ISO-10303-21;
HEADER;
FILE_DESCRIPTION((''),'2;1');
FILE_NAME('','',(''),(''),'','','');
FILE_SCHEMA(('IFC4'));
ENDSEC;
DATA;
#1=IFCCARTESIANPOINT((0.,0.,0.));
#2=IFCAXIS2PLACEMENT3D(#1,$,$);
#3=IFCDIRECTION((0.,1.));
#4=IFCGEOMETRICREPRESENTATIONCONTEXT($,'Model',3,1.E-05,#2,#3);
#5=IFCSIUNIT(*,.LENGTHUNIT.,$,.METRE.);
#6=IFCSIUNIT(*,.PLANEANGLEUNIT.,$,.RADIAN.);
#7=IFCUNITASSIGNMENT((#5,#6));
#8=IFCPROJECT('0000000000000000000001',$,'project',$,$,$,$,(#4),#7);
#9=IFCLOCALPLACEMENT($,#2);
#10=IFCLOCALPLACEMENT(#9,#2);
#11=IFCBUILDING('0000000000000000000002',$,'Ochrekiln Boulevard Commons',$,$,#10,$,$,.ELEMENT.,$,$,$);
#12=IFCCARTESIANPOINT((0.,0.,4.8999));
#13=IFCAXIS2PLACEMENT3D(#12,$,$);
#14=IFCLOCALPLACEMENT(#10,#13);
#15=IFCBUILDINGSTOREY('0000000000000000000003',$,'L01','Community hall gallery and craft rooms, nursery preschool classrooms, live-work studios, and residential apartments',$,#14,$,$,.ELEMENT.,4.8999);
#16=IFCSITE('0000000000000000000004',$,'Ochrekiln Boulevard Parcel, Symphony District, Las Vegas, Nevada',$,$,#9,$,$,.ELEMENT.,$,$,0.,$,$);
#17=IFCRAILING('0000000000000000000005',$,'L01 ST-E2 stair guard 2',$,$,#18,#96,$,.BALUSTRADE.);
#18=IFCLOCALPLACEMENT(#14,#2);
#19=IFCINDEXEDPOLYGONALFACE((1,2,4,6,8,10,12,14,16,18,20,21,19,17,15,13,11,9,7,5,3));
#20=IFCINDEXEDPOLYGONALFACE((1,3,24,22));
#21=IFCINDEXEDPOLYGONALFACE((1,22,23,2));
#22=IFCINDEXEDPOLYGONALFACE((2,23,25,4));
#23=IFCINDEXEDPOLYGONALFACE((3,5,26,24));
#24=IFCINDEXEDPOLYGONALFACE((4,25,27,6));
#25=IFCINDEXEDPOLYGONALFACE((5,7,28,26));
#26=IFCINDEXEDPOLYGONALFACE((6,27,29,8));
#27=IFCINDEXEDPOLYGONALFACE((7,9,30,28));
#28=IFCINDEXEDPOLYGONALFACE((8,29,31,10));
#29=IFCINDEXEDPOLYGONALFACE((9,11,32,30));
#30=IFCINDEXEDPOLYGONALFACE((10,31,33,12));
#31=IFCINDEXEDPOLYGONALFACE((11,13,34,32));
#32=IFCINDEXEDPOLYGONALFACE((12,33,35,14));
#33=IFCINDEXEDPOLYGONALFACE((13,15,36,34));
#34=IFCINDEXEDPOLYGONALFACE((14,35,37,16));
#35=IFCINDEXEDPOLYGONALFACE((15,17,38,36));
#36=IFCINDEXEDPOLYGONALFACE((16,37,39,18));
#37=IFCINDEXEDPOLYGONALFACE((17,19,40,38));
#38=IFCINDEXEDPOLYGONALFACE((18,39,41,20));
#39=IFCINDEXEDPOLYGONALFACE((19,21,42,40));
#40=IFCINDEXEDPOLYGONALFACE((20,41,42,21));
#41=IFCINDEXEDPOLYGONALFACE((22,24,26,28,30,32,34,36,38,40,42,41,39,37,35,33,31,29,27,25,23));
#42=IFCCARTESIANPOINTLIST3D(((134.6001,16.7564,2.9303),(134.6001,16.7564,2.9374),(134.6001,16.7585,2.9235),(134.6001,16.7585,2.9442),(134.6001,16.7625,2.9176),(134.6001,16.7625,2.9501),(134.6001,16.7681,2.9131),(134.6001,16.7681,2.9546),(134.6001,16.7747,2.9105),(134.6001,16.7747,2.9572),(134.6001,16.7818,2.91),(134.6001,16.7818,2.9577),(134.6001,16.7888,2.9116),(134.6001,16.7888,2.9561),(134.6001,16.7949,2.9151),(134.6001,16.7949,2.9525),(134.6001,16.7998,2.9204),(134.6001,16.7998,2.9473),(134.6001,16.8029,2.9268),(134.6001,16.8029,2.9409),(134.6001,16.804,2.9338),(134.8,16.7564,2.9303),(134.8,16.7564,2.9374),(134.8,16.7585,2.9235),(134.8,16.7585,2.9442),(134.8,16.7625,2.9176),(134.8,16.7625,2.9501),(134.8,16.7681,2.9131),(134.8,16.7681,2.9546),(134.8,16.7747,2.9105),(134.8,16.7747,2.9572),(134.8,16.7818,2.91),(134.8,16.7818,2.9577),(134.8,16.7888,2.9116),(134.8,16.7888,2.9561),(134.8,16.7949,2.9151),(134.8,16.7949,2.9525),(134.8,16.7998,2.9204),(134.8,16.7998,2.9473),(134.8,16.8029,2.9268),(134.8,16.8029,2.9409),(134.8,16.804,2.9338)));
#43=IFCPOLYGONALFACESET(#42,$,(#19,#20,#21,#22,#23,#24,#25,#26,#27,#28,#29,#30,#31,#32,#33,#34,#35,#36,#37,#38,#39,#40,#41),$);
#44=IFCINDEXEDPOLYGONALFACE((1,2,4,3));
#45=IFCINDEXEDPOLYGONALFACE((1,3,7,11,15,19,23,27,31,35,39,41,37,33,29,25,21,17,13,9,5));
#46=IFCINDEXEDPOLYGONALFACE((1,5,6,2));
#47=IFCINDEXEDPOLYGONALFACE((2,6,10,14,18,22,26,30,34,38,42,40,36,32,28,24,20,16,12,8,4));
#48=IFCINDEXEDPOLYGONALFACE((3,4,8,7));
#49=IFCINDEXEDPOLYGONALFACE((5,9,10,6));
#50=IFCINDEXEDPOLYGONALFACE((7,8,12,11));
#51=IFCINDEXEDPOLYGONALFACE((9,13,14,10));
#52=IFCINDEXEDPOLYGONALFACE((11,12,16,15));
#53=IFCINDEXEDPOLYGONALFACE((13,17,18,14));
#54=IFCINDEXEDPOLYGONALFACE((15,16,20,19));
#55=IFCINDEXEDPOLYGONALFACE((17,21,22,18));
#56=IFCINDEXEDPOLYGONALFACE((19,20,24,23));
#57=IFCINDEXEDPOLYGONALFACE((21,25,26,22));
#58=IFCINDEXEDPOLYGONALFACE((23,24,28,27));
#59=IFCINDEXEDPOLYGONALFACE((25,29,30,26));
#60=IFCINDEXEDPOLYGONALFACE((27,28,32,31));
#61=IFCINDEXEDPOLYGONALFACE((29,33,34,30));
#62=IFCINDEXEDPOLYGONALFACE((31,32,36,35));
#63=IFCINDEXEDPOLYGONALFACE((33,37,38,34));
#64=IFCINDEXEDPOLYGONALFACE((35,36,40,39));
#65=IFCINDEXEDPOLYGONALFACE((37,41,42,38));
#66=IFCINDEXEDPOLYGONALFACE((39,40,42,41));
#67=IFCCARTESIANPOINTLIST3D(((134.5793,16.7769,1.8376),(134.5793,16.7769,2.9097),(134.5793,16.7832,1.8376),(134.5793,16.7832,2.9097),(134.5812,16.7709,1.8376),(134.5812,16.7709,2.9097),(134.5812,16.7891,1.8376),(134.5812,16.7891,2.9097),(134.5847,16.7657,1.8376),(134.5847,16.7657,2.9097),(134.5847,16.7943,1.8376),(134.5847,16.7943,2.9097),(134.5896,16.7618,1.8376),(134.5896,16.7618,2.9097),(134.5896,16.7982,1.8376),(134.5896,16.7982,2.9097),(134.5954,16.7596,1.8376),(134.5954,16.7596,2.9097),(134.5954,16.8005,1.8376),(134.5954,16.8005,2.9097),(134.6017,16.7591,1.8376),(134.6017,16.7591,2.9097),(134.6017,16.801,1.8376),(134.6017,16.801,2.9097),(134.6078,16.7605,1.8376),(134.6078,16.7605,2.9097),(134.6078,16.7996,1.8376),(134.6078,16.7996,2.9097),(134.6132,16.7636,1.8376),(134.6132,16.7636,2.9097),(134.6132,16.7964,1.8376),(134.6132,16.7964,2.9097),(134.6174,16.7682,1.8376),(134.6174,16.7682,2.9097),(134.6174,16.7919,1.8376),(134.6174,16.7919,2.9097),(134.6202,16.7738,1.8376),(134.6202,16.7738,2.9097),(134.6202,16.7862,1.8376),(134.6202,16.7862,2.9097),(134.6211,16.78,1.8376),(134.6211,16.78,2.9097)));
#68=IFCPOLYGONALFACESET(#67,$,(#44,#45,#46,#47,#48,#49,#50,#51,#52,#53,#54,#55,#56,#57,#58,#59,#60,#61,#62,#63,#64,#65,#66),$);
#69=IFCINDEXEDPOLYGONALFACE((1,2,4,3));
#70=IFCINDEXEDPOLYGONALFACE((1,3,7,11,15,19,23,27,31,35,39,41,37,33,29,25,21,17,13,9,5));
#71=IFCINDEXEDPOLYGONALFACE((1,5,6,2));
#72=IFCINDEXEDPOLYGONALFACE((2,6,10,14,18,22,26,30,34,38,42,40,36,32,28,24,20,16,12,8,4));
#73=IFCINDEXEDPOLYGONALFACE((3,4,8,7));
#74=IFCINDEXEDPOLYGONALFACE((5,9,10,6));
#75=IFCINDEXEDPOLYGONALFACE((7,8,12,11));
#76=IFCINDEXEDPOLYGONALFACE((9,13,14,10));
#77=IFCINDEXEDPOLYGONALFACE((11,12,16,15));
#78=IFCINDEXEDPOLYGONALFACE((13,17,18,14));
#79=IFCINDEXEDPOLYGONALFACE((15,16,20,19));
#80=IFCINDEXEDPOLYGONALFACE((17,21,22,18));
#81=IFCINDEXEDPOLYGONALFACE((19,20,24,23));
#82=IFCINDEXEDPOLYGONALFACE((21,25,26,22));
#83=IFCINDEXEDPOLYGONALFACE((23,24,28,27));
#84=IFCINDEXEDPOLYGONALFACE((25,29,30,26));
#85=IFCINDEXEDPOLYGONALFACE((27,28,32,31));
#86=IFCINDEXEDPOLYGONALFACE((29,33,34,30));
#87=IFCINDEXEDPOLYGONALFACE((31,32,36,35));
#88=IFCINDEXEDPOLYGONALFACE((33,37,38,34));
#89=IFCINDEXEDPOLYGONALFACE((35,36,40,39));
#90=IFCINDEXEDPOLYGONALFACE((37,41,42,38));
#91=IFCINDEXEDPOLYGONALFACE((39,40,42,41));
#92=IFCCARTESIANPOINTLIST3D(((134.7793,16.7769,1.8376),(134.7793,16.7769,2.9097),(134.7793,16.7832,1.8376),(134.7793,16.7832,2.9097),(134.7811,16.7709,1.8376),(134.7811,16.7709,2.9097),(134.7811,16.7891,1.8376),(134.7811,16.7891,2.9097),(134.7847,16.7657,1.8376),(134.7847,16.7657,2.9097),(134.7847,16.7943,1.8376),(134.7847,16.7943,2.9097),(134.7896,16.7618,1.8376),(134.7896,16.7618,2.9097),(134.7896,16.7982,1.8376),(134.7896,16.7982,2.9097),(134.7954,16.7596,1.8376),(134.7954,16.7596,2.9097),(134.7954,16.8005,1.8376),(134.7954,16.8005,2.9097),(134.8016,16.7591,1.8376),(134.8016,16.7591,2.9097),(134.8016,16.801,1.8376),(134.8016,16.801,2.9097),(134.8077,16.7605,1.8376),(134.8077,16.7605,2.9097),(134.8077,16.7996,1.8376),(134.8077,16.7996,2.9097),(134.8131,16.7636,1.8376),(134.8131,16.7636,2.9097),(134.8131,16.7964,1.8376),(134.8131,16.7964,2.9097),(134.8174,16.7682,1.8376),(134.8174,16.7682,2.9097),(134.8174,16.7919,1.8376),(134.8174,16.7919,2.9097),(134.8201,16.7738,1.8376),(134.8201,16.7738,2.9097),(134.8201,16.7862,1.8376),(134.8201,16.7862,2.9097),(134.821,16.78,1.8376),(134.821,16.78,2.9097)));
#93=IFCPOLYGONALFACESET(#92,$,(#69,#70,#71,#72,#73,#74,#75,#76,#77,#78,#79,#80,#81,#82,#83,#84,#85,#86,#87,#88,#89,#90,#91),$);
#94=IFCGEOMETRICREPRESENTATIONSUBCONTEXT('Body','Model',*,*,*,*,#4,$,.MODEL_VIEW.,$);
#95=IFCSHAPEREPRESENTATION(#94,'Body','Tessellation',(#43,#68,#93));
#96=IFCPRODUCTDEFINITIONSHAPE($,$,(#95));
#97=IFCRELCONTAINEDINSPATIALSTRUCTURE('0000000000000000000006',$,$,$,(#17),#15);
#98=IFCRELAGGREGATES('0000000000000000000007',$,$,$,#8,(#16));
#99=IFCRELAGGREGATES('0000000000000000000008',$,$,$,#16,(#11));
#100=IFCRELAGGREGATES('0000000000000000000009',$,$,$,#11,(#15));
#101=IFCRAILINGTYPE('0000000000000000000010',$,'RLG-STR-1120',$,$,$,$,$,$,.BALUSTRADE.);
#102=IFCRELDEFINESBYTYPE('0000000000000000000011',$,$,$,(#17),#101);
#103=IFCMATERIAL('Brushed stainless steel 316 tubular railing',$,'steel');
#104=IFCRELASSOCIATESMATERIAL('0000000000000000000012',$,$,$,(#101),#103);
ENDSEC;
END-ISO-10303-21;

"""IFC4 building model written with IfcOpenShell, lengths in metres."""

from ifc_helpers import new_model, si_unit, direction, frame, origin, origin_2d, place, context, subcontext, project, spatial, circle, extrude, material, type_object, element, save


model = new_model("IFC4")

# Units and contexts
model_context = context("Model", 3, precision=1e-05, world=origin(), true_north=direction((0.0, 1.0)))
body_context = subcontext(model_context, "Body", "Model", "MODEL_VIEW")
ifc_project = project(units=[si_unit("LENGTHUNIT", "METRE"), si_unit("PLANEANGLEUNIT", "RADIAN")], contexts=[model_context])

# Site, building, storey
site_placement = place(None, origin())
site = spatial("IfcSite", under=ifc_project, at=site_placement, Name="Ochrekiln Boulevard Parcel, Symphony District, Las Vegas, Nevada", CompositionType="ELEMENT", RefElevation=0.0)
building_placement = place(site_placement, origin())
building = spatial("IfcBuilding", under=site, at=building_placement, Name="Ochrekiln Boulevard Commons", CompositionType="ELEMENT")
storey_placement = place(building_placement, frame((0.0, 0.0, 4.8999)))
storey = spatial("IfcBuildingStorey", under=building, at=storey_placement, Name="L01", Description="Community hall gallery and craft rooms, nursery preschool classrooms, live-work studios, and residential apartments", CompositionType="ELEMENT", Elevation=4.8999)

# Railing
ifc_material_1 = material(Name="Brushed stainless steel 316 tubular railing", Category="steel")
railing_type_1 = type_object("IfcRailingType", Name="RLG-STR-1120", PredefinedType="BALUSTRADE", material=ifc_material_1)
railing_1_placement = place(storey_placement, frame((134.6001, 16.78, 1.8376)))
element("IfcRailing", 1, at=railing_1_placement, inside=storey, type_object=railing_type_1, Name="L01 ST-E2 stair guard 2", PredefinedType="BALUSTRADE", context=body_context, shape_type="SweptSolid", body=[
    extrude(circle(Radius=0.0239, at=origin_2d()), frame((0.0, 0.0, 1.0962), z_axis=(1.0, 0.0, 0.0), x_axis=(0.0, 1.0, 0.0)), (0.0, 0.0, 1.0), 0.2),
    extrude(circle(Radius=0.021, at=origin_2d()), origin(), (0.0, 0.0, 1.0), 1.072),
    extrude(circle(Radius=0.021, at=origin_2d()), frame((0.2, 0.0, 0.0)), (0.0, 0.0, 1.0), 1.072),
])

save(model, "model.ifc")
